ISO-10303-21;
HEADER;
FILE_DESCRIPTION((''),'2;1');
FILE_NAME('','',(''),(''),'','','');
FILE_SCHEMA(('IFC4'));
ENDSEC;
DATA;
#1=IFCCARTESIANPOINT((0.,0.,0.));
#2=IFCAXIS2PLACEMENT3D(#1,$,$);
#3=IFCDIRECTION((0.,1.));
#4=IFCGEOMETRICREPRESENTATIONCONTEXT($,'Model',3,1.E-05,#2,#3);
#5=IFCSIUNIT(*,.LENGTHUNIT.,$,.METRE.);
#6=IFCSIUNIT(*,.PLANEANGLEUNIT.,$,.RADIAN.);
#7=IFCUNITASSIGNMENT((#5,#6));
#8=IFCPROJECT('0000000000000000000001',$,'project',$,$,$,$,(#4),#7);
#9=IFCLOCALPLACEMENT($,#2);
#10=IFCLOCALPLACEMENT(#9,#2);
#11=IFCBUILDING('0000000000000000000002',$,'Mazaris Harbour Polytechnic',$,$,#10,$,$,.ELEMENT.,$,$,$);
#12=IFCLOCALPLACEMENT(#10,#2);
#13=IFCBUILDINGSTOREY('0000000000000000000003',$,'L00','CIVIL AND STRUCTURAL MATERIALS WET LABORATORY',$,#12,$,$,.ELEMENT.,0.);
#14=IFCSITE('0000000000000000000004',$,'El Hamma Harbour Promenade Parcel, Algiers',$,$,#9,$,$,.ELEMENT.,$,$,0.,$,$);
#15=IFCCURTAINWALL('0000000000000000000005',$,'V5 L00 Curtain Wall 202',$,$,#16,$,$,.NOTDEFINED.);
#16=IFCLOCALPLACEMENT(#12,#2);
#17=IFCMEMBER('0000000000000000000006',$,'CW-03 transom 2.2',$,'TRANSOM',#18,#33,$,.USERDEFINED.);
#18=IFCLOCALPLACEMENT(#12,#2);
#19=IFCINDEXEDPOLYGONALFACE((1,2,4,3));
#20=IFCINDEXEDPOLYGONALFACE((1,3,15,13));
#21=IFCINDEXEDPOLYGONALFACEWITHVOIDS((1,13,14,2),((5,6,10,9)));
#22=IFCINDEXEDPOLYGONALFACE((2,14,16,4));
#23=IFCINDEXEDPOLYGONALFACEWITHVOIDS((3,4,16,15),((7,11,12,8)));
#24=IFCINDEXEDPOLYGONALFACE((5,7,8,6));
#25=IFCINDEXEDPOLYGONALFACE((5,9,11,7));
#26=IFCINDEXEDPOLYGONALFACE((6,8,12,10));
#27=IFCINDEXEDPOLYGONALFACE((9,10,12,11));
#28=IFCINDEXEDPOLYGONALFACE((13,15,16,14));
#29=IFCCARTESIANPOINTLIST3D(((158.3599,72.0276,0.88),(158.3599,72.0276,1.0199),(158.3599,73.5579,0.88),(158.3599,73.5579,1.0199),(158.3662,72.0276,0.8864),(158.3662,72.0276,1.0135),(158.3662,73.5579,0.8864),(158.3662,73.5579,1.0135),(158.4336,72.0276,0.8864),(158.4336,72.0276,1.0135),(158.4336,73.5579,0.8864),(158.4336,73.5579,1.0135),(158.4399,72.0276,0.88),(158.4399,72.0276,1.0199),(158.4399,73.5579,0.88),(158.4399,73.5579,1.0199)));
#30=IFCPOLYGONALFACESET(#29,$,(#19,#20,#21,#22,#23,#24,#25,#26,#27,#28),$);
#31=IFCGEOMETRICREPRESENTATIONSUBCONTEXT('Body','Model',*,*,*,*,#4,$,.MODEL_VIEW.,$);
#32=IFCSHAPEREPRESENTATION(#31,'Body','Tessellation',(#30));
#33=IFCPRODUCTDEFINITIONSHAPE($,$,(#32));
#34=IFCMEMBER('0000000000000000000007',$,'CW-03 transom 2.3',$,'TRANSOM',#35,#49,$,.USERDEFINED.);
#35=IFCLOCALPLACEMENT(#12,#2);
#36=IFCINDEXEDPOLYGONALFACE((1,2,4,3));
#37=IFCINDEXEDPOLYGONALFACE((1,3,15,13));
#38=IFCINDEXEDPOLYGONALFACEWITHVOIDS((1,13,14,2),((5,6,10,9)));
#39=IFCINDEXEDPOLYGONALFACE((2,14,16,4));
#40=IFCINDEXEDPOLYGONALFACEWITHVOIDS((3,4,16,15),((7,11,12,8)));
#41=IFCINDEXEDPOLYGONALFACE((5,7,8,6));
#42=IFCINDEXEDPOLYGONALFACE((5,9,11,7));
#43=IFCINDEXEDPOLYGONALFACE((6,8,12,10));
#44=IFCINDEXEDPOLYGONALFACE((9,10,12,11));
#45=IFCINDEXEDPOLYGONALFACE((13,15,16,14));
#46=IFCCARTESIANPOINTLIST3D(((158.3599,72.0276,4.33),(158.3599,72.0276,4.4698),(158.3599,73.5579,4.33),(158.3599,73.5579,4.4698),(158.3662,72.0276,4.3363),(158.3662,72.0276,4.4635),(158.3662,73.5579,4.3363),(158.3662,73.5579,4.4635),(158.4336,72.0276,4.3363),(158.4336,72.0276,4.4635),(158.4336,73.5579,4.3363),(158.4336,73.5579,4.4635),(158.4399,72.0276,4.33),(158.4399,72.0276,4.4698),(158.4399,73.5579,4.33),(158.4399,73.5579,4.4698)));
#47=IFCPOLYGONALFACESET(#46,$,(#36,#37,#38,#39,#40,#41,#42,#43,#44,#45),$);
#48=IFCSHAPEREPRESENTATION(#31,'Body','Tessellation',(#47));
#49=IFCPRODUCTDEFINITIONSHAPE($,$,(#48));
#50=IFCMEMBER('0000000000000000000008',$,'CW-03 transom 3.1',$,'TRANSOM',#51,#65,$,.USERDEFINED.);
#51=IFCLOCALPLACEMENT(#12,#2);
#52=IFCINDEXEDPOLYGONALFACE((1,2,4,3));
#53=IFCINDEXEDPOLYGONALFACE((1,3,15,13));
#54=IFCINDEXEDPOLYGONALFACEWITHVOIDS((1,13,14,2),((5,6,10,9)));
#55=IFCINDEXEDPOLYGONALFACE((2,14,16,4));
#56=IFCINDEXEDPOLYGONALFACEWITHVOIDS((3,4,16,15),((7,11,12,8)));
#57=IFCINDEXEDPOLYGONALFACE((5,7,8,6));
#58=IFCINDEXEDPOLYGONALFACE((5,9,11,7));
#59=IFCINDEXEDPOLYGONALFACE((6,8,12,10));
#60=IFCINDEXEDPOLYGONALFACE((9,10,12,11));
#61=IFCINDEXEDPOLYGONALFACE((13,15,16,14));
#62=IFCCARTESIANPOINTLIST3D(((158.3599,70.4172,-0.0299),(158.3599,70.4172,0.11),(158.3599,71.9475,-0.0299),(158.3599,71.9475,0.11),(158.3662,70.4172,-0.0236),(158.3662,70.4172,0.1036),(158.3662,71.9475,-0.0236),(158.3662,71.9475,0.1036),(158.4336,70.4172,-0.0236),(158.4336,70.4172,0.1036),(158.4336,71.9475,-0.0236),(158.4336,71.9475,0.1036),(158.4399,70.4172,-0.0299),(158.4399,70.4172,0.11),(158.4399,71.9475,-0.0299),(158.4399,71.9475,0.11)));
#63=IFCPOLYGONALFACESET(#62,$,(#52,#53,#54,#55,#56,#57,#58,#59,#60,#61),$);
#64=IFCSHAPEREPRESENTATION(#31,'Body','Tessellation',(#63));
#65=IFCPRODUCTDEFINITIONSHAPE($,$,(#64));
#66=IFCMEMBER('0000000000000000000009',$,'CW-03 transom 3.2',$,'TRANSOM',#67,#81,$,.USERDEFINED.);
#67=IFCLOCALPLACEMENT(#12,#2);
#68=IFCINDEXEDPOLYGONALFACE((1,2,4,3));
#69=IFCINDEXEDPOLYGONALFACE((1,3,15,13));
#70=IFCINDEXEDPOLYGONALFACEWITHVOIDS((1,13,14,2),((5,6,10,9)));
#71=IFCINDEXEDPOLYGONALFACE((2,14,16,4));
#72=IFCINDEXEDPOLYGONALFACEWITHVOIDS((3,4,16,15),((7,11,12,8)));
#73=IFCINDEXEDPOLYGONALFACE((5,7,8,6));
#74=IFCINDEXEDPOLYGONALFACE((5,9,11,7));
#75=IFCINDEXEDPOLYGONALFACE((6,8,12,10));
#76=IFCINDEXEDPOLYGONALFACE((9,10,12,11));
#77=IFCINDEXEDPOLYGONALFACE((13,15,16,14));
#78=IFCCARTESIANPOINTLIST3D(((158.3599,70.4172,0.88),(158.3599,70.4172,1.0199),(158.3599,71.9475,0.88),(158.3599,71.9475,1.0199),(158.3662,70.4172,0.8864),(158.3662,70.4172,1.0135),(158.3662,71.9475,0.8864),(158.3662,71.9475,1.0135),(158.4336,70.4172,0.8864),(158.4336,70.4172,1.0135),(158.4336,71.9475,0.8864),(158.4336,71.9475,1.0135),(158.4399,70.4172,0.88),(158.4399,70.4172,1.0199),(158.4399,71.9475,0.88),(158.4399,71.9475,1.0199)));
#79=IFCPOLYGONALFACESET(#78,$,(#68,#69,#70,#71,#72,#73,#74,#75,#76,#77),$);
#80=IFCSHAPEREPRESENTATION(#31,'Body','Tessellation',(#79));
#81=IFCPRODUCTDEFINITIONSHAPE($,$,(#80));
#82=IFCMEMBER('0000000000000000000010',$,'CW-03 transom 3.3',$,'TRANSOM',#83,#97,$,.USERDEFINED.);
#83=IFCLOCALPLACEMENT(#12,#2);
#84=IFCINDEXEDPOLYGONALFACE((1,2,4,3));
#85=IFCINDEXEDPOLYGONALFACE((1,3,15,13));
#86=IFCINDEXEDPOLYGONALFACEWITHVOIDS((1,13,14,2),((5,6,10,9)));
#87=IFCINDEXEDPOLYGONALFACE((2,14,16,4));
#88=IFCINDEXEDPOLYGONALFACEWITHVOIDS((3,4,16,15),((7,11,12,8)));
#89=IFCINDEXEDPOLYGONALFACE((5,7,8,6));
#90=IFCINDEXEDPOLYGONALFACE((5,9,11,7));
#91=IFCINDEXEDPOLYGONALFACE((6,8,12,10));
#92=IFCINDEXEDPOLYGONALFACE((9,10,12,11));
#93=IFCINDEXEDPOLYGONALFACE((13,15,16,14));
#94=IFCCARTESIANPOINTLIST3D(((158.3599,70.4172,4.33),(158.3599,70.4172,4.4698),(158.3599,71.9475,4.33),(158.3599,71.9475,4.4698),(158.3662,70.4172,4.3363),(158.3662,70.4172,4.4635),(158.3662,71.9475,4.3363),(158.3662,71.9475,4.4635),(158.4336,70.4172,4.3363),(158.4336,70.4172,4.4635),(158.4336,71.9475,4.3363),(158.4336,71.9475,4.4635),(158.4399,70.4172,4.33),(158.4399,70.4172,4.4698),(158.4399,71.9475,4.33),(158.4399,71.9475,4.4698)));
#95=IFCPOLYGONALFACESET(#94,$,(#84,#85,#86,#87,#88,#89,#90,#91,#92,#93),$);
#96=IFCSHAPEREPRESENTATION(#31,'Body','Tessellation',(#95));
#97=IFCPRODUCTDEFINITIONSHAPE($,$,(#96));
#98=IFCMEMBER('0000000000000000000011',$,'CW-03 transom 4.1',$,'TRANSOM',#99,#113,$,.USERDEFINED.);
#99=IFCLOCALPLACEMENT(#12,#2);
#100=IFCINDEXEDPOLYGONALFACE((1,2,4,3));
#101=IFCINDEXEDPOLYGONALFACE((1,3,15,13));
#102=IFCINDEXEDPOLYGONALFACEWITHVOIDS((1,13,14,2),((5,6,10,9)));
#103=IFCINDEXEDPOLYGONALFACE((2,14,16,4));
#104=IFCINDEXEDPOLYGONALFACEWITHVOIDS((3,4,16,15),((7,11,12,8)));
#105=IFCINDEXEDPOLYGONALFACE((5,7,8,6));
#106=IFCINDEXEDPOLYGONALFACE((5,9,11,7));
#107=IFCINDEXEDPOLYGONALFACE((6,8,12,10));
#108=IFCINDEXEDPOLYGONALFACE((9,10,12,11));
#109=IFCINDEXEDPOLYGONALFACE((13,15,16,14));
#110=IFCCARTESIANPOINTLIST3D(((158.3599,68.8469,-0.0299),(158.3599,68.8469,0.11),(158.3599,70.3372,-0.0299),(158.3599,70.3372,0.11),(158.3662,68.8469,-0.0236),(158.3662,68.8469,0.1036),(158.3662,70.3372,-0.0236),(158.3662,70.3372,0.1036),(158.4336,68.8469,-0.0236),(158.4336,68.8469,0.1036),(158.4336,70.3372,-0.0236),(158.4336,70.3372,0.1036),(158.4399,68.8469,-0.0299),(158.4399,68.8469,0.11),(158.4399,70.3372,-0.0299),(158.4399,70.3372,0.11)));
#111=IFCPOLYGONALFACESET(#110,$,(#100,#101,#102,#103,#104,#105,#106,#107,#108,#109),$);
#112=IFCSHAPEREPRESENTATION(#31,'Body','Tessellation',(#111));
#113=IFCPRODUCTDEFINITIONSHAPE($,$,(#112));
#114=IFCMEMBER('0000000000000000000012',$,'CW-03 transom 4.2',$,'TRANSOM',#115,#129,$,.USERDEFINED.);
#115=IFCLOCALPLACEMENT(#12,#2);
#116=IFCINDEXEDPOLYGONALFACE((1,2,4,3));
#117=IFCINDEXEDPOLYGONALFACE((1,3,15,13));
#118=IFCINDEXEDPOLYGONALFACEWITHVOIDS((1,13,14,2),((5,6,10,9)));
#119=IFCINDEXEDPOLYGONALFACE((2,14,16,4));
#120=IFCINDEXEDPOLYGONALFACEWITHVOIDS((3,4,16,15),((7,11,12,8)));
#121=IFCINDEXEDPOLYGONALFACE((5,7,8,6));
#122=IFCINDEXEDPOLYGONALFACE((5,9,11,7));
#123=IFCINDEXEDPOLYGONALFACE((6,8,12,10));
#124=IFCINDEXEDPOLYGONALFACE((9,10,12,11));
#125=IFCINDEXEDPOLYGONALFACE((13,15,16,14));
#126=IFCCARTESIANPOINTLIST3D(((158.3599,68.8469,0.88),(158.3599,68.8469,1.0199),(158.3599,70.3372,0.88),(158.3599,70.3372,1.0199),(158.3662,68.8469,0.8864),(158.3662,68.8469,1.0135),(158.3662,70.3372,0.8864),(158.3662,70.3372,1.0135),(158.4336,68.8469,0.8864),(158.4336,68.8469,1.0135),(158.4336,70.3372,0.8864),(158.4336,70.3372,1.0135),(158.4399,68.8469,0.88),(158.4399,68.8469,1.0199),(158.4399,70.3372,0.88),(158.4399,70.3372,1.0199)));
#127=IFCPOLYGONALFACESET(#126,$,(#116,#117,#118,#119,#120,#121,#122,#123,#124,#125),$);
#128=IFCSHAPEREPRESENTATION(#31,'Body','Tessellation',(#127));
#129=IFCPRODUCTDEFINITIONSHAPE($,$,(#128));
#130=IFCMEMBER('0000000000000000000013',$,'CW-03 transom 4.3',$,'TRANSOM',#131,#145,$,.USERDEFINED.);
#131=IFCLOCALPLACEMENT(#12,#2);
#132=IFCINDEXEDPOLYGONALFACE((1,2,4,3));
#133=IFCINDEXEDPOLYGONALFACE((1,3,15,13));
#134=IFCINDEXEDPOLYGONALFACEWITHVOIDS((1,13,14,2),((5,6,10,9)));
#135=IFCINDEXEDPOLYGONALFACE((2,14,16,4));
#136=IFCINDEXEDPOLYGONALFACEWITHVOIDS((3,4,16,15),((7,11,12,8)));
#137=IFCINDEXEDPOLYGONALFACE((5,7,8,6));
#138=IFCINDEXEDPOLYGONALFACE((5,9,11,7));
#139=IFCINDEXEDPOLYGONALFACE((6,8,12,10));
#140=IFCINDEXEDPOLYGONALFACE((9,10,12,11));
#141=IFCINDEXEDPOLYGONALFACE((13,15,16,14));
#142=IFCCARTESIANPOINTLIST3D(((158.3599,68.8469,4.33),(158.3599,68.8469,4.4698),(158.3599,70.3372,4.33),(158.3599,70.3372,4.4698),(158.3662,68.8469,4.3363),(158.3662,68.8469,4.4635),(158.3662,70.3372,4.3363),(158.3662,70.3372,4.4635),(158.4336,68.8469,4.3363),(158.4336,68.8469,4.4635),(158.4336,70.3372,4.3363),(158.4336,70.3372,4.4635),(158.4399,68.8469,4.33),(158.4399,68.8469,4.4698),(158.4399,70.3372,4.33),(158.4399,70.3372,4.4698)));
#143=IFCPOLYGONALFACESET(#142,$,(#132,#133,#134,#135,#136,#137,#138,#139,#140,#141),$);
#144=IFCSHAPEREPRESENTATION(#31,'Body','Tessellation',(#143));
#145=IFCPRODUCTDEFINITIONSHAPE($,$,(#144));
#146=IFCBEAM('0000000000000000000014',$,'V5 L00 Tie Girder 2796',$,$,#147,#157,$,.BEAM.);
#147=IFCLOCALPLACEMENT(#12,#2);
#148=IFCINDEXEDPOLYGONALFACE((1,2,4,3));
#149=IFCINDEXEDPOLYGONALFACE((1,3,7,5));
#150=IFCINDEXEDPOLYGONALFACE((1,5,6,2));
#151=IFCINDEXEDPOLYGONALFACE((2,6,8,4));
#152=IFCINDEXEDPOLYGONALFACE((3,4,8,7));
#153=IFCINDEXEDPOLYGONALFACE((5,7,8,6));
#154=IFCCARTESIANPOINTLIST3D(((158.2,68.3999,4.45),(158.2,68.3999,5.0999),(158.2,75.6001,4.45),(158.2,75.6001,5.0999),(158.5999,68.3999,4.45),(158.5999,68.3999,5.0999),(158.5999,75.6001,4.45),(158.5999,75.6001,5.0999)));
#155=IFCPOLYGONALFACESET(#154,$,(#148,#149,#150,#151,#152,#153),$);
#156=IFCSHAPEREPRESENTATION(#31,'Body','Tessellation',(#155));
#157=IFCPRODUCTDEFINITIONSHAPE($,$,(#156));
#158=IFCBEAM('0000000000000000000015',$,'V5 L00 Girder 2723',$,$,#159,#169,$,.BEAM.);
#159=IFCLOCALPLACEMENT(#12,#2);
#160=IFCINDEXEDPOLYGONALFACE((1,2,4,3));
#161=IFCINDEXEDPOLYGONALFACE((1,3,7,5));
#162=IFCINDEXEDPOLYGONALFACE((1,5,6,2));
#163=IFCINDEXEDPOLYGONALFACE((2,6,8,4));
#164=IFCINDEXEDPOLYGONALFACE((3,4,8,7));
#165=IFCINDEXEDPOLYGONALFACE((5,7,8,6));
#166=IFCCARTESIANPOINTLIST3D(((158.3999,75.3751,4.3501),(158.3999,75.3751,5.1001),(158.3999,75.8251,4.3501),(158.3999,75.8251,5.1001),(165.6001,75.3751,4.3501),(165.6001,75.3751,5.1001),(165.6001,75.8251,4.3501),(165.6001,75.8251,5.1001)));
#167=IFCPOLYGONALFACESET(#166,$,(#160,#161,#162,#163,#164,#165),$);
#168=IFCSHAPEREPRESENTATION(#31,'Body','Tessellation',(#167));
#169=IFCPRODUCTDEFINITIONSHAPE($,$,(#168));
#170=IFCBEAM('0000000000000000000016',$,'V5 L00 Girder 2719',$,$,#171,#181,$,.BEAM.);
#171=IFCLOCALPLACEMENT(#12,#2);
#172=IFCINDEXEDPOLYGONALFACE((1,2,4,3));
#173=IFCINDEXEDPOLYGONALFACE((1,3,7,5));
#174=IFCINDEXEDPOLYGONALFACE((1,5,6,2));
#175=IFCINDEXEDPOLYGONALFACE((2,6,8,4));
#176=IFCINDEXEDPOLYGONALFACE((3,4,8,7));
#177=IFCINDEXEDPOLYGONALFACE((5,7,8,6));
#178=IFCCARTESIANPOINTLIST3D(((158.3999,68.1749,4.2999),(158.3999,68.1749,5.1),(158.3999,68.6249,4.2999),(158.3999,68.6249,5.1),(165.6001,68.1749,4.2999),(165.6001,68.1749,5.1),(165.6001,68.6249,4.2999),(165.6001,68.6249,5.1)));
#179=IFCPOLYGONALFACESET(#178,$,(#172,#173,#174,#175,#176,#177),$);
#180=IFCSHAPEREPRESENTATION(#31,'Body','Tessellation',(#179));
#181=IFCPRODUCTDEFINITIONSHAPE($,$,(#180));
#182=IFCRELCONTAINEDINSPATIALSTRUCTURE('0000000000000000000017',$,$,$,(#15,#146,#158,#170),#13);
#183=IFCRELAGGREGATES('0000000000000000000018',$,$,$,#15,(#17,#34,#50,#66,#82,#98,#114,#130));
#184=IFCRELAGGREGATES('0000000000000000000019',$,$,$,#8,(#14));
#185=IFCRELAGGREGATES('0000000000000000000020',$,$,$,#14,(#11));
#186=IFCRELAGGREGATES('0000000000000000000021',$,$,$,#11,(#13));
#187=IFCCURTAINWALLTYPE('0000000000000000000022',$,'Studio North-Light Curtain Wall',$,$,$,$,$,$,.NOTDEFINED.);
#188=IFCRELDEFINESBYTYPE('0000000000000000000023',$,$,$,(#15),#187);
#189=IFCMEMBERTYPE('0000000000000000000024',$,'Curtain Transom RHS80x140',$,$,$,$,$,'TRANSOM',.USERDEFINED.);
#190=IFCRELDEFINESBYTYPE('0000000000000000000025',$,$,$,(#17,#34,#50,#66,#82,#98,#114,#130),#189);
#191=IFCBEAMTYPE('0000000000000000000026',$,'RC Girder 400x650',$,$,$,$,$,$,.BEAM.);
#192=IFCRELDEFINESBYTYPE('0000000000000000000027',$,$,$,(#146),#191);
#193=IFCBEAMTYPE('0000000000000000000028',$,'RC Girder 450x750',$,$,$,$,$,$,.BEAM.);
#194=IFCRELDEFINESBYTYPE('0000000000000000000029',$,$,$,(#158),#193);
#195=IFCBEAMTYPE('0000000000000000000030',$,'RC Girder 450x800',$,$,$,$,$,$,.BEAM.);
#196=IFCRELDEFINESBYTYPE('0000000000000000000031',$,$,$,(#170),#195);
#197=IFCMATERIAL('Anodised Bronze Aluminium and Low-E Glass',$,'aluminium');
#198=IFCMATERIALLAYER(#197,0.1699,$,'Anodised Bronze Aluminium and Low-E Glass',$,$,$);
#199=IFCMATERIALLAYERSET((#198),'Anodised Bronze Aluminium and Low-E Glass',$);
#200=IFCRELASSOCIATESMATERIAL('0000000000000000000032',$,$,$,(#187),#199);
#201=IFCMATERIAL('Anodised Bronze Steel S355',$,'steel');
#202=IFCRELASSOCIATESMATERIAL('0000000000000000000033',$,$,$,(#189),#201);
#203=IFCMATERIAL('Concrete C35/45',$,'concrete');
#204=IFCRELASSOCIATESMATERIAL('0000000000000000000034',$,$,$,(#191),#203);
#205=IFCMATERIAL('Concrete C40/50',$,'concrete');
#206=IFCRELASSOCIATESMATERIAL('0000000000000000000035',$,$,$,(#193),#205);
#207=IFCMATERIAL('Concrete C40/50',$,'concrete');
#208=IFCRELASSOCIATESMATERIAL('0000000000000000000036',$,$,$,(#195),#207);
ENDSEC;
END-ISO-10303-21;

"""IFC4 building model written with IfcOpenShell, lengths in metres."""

from ifc_helpers import new_model, si_unit, direction, frame, origin, origin_2d, place, context, subcontext, project, spatial, rectangle, hollow_rectangle, extrude, material, layer, layer_set, material_profile, profile_set, type_object, element, aggregate, save


model = new_model("IFC4")

# Units and contexts
model_context = context("Model", 3, precision=1e-05, world=origin(), true_north=direction((0.0, 1.0)))
body_context = subcontext(model_context, "Body", "Model", "MODEL_VIEW")
ifc_project = project(units=[si_unit("LENGTHUNIT", "METRE"), si_unit("PLANEANGLEUNIT", "RADIAN")], contexts=[model_context])

# Site, building, storey
site_placement = place(None, origin())
site = spatial("IfcSite", under=ifc_project, at=site_placement, Name="El Hamma Harbour Promenade Parcel, Algiers", CompositionType="ELEMENT", RefElevation=0.0)
building_placement = place(site_placement, origin())
building = spatial("IfcBuilding", under=site, at=building_placement, Name="Mazaris Harbour Polytechnic", CompositionType="ELEMENT")
storey_placement = place(building_placement, origin())
storey = spatial("IfcBuildingStorey", under=building, at=storey_placement, Name="L00", Description="CIVIL AND STRUCTURAL MATERIALS WET LABORATORY", CompositionType="ELEMENT", Elevation=0.0)

# Curtain wall, members
ifc_material_1 = material(Name="Anodised Bronze Aluminium and Low-E Glass", Category="aluminium")
ifc_layer_1 = layer(ifc_material_1, 0.1699, Name="Anodised Bronze Aluminium and Low-E Glass")
ifc_layer_set_1 = layer_set([ifc_layer_1], Name="Anodised Bronze Aluminium and Low-E Glass")
curtain_wall_type = type_object("IfcCurtainWallType", Name="Studio North-Light Curtain Wall", PredefinedType="NOTDEFINED", material=ifc_layer_set_1)
curtain_wall_placement = place(storey_placement, origin())
curtain_wall = element("IfcCurtainWall", 1, at=curtain_wall_placement, inside=storey, type_object=curtain_wall_type, Name="V5 L00 Curtain Wall 202", PredefinedType="NOTDEFINED")
ifc_material_2 = material(Name="Anodised Bronze Steel S355", Category="steel")
ifc_material_profile_1 = material_profile(ifc_material_2, hollow_rectangle(XDim=0.0801, YDim=0.1399, WallThickness=0.0063, at=origin_2d()), Name="RHS 80x140x6.3")
ifc_profile_set_1 = profile_set([ifc_material_profile_1], Name="Anodised Bronze Steel S355")
member_type_1 = type_object("IfcMemberType", Name="Curtain Transom RHS80x140", ElementType="TRANSOM", PredefinedType="USERDEFINED", material=ifc_profile_set_1)
member_1_placement = place(storey_placement, frame((158.3999, 73.5579, 0.95), z_axis=(0.0, -1.0, 0.0), x_axis=(1.0, 0.0, 0.0)))
member_1 = element("IfcMember", 2, at=member_1_placement, type_object=member_type_1, Name="CW-03 transom 2.2", ObjectType="TRANSOM", PredefinedType="USERDEFINED", context=body_context, shape_type="SweptSolid", body=[
    extrude(hollow_rectangle(XDim=0.0801, YDim=0.1399, WallThickness=0.0063, at=origin_2d()), origin(), (0.0, 0.0, 1.0), 1.5303),
])
member_2_placement = place(storey_placement, frame((158.3999, 73.5579, 4.3999), z_axis=(0.0, -1.0, 0.0), x_axis=(1.0, 0.0, 0.0)))
member_2 = element("IfcMember", 3, at=member_2_placement, type_object=member_type_1, Name="CW-03 transom 2.3", ObjectType="TRANSOM", PredefinedType="USERDEFINED", context=body_context, shape_type="SweptSolid", body=[
    extrude(hollow_rectangle(XDim=0.0801, YDim=0.1399, WallThickness=0.0063, at=origin_2d()), origin(), (0.0, 0.0, 1.0), 1.5303),
])
member_3_placement = place(storey_placement, frame((158.3999, 71.9475, 0.04), z_axis=(0.0, -1.0, 0.0), x_axis=(1.0, 0.0, 0.0)))
member_3 = element("IfcMember", 4, at=member_3_placement, type_object=member_type_1, Name="CW-03 transom 3.1", ObjectType="TRANSOM", PredefinedType="USERDEFINED", context=body_context, shape_type="SweptSolid", body=[
    extrude(hollow_rectangle(XDim=0.0801, YDim=0.1399, WallThickness=0.0063, at=origin_2d()), origin(), (0.0, 0.0, 1.0), 1.5303),
])
member_4_placement = place(storey_placement, frame((158.3999, 71.9475, 0.95), z_axis=(0.0, -1.0, 0.0), x_axis=(1.0, 0.0, 0.0)))
member_4 = element("IfcMember", 5, at=member_4_placement, type_object=member_type_1, Name="CW-03 transom 3.2", ObjectType="TRANSOM", PredefinedType="USERDEFINED", context=body_context, shape_type="SweptSolid", body=[
    extrude(hollow_rectangle(XDim=0.0801, YDim=0.1399, WallThickness=0.0063, at=origin_2d()), origin(), (0.0, 0.0, 1.0), 1.5303),
])
member_5_placement = place(storey_placement, frame((158.3999, 71.9475, 4.3999), z_axis=(0.0, -1.0, 0.0), x_axis=(1.0, 0.0, 0.0)))
member_5 = element("IfcMember", 6, at=member_5_placement, type_object=member_type_1, Name="CW-03 transom 3.3", ObjectType="TRANSOM", PredefinedType="USERDEFINED", context=body_context, shape_type="SweptSolid", body=[
    extrude(hollow_rectangle(XDim=0.0801, YDim=0.1399, WallThickness=0.0063, at=origin_2d()), origin(), (0.0, 0.0, 1.0), 1.5303),
])
member_6_placement = place(storey_placement, frame((158.3999, 70.3372, 0.04), z_axis=(0.0, -1.0, 0.0), x_axis=(1.0, 0.0, 0.0)))
member_6 = element("IfcMember", 7, at=member_6_placement, type_object=member_type_1, Name="CW-03 transom 4.1", ObjectType="TRANSOM", PredefinedType="USERDEFINED", context=body_context, shape_type="SweptSolid", body=[
    extrude(hollow_rectangle(XDim=0.0801, YDim=0.1399, WallThickness=0.0063, at=origin_2d()), origin(), (0.0, 0.0, 1.0), 1.4902),
])
member_7_placement = place(storey_placement, frame((158.3999, 70.3372, 0.95), z_axis=(0.0, -1.0, 0.0), x_axis=(1.0, 0.0, 0.0)))
member_7 = element("IfcMember", 8, at=member_7_placement, type_object=member_type_1, Name="CW-03 transom 4.2", ObjectType="TRANSOM", PredefinedType="USERDEFINED", context=body_context, shape_type="SweptSolid", body=[
    extrude(hollow_rectangle(XDim=0.0801, YDim=0.1399, WallThickness=0.0063, at=origin_2d()), origin(), (0.0, 0.0, 1.0), 1.4902),
])
member_8_placement = place(storey_placement, frame((158.3999, 70.3372, 4.3999), z_axis=(0.0, -1.0, 0.0), x_axis=(1.0, 0.0, 0.0)))
member_8 = element("IfcMember", 9, at=member_8_placement, type_object=member_type_1, Name="CW-03 transom 4.3", ObjectType="TRANSOM", PredefinedType="USERDEFINED", context=body_context, shape_type="SweptSolid", body=[
    extrude(hollow_rectangle(XDim=0.0801, YDim=0.1399, WallThickness=0.0063, at=origin_2d()), origin(), (0.0, 0.0, 1.0), 1.4902),
])

# Beams
ifc_material_3 = material(Name="Concrete C35/45", Category="concrete")
ifc_material_profile_2 = material_profile(ifc_material_3, rectangle(XDim=0.3999, YDim=0.6499, at=origin_2d()), Name="RECT400x650")
ifc_profile_set_2 = profile_set([ifc_material_profile_2], Name="Concrete C35/45")
beam_type_1 = type_object("IfcBeamType", Name="RC Girder 400x650", PredefinedType="BEAM", material=ifc_profile_set_2)
beam_1_placement = place(storey_placement, frame((158.3999, 68.3999, 4.7749), z_axis=(0.0, 1.0, 0.0), x_axis=(-1.0, 0.0, 0.0)))
element("IfcBeam", 10, at=beam_1_placement, inside=storey, type_object=beam_type_1, Name="V5 L00 Tie Girder 2796", PredefinedType="BEAM", context=body_context, shape_type="SweptSolid", body=[
    extrude(rectangle(XDim=0.3999, YDim=0.6499, at=origin_2d()), origin(), (0.0, 0.0, 1.0), 7.2002),
])
ifc_material_4 = material(Name="Concrete C40/50", Category="concrete")
ifc_material_profile_3 = material_profile(ifc_material_4, rectangle(XDim=0.45, YDim=0.75, at=origin_2d()), Name="RECT450x750")
ifc_profile_set_3 = profile_set([ifc_material_profile_3], Name="Concrete C40/50")
beam_type_2 = type_object("IfcBeamType", Name="RC Girder 450x750", PredefinedType="BEAM", material=ifc_profile_set_3)
beam_2_placement = place(storey_placement, frame((158.3999, 75.6001, 4.7251), z_axis=(1.0, 0.0, 0.0), x_axis=(0.0, 1.0, 0.0)))
element("IfcBeam", 11, at=beam_2_placement, inside=storey, type_object=beam_type_2, Name="V5 L00 Girder 2723", PredefinedType="BEAM", context=body_context, shape_type="SweptSolid", body=[
    extrude(rectangle(XDim=0.45, YDim=0.75, at=origin_2d()), origin(), (0.0, 0.0, 1.0), 7.2002),
])
ifc_material_5 = material(Name="Concrete C40/50", Category="concrete")
ifc_material_profile_4 = material_profile(ifc_material_5, rectangle(XDim=0.45, YDim=0.8, at=origin_2d()), Name="RECT450x800")
ifc_profile_set_4 = profile_set([ifc_material_profile_4], Name="Concrete C40/50")
beam_type_3 = type_object("IfcBeamType", Name="RC Girder 450x800", PredefinedType="BEAM", material=ifc_profile_set_4)
beam_3_placement = place(storey_placement, frame((158.3999, 68.3999, 4.7), z_axis=(1.0, 0.0, 0.0), x_axis=(0.0, 1.0, 0.0)))
element("IfcBeam", 12, at=beam_3_placement, inside=storey, type_object=beam_type_3, Name="V5 L00 Girder 2719", PredefinedType="BEAM", context=body_context, shape_type="SweptSolid", body=[
    extrude(rectangle(XDim=0.45, YDim=0.8, at=origin_2d()), origin(), (0.0, 0.0, 1.0), 7.2002),
])

aggregate(curtain_wall, [member_1, member_2, member_3, member_4, member_5, member_6, member_7, member_8])

save(model, "model.ifc")
